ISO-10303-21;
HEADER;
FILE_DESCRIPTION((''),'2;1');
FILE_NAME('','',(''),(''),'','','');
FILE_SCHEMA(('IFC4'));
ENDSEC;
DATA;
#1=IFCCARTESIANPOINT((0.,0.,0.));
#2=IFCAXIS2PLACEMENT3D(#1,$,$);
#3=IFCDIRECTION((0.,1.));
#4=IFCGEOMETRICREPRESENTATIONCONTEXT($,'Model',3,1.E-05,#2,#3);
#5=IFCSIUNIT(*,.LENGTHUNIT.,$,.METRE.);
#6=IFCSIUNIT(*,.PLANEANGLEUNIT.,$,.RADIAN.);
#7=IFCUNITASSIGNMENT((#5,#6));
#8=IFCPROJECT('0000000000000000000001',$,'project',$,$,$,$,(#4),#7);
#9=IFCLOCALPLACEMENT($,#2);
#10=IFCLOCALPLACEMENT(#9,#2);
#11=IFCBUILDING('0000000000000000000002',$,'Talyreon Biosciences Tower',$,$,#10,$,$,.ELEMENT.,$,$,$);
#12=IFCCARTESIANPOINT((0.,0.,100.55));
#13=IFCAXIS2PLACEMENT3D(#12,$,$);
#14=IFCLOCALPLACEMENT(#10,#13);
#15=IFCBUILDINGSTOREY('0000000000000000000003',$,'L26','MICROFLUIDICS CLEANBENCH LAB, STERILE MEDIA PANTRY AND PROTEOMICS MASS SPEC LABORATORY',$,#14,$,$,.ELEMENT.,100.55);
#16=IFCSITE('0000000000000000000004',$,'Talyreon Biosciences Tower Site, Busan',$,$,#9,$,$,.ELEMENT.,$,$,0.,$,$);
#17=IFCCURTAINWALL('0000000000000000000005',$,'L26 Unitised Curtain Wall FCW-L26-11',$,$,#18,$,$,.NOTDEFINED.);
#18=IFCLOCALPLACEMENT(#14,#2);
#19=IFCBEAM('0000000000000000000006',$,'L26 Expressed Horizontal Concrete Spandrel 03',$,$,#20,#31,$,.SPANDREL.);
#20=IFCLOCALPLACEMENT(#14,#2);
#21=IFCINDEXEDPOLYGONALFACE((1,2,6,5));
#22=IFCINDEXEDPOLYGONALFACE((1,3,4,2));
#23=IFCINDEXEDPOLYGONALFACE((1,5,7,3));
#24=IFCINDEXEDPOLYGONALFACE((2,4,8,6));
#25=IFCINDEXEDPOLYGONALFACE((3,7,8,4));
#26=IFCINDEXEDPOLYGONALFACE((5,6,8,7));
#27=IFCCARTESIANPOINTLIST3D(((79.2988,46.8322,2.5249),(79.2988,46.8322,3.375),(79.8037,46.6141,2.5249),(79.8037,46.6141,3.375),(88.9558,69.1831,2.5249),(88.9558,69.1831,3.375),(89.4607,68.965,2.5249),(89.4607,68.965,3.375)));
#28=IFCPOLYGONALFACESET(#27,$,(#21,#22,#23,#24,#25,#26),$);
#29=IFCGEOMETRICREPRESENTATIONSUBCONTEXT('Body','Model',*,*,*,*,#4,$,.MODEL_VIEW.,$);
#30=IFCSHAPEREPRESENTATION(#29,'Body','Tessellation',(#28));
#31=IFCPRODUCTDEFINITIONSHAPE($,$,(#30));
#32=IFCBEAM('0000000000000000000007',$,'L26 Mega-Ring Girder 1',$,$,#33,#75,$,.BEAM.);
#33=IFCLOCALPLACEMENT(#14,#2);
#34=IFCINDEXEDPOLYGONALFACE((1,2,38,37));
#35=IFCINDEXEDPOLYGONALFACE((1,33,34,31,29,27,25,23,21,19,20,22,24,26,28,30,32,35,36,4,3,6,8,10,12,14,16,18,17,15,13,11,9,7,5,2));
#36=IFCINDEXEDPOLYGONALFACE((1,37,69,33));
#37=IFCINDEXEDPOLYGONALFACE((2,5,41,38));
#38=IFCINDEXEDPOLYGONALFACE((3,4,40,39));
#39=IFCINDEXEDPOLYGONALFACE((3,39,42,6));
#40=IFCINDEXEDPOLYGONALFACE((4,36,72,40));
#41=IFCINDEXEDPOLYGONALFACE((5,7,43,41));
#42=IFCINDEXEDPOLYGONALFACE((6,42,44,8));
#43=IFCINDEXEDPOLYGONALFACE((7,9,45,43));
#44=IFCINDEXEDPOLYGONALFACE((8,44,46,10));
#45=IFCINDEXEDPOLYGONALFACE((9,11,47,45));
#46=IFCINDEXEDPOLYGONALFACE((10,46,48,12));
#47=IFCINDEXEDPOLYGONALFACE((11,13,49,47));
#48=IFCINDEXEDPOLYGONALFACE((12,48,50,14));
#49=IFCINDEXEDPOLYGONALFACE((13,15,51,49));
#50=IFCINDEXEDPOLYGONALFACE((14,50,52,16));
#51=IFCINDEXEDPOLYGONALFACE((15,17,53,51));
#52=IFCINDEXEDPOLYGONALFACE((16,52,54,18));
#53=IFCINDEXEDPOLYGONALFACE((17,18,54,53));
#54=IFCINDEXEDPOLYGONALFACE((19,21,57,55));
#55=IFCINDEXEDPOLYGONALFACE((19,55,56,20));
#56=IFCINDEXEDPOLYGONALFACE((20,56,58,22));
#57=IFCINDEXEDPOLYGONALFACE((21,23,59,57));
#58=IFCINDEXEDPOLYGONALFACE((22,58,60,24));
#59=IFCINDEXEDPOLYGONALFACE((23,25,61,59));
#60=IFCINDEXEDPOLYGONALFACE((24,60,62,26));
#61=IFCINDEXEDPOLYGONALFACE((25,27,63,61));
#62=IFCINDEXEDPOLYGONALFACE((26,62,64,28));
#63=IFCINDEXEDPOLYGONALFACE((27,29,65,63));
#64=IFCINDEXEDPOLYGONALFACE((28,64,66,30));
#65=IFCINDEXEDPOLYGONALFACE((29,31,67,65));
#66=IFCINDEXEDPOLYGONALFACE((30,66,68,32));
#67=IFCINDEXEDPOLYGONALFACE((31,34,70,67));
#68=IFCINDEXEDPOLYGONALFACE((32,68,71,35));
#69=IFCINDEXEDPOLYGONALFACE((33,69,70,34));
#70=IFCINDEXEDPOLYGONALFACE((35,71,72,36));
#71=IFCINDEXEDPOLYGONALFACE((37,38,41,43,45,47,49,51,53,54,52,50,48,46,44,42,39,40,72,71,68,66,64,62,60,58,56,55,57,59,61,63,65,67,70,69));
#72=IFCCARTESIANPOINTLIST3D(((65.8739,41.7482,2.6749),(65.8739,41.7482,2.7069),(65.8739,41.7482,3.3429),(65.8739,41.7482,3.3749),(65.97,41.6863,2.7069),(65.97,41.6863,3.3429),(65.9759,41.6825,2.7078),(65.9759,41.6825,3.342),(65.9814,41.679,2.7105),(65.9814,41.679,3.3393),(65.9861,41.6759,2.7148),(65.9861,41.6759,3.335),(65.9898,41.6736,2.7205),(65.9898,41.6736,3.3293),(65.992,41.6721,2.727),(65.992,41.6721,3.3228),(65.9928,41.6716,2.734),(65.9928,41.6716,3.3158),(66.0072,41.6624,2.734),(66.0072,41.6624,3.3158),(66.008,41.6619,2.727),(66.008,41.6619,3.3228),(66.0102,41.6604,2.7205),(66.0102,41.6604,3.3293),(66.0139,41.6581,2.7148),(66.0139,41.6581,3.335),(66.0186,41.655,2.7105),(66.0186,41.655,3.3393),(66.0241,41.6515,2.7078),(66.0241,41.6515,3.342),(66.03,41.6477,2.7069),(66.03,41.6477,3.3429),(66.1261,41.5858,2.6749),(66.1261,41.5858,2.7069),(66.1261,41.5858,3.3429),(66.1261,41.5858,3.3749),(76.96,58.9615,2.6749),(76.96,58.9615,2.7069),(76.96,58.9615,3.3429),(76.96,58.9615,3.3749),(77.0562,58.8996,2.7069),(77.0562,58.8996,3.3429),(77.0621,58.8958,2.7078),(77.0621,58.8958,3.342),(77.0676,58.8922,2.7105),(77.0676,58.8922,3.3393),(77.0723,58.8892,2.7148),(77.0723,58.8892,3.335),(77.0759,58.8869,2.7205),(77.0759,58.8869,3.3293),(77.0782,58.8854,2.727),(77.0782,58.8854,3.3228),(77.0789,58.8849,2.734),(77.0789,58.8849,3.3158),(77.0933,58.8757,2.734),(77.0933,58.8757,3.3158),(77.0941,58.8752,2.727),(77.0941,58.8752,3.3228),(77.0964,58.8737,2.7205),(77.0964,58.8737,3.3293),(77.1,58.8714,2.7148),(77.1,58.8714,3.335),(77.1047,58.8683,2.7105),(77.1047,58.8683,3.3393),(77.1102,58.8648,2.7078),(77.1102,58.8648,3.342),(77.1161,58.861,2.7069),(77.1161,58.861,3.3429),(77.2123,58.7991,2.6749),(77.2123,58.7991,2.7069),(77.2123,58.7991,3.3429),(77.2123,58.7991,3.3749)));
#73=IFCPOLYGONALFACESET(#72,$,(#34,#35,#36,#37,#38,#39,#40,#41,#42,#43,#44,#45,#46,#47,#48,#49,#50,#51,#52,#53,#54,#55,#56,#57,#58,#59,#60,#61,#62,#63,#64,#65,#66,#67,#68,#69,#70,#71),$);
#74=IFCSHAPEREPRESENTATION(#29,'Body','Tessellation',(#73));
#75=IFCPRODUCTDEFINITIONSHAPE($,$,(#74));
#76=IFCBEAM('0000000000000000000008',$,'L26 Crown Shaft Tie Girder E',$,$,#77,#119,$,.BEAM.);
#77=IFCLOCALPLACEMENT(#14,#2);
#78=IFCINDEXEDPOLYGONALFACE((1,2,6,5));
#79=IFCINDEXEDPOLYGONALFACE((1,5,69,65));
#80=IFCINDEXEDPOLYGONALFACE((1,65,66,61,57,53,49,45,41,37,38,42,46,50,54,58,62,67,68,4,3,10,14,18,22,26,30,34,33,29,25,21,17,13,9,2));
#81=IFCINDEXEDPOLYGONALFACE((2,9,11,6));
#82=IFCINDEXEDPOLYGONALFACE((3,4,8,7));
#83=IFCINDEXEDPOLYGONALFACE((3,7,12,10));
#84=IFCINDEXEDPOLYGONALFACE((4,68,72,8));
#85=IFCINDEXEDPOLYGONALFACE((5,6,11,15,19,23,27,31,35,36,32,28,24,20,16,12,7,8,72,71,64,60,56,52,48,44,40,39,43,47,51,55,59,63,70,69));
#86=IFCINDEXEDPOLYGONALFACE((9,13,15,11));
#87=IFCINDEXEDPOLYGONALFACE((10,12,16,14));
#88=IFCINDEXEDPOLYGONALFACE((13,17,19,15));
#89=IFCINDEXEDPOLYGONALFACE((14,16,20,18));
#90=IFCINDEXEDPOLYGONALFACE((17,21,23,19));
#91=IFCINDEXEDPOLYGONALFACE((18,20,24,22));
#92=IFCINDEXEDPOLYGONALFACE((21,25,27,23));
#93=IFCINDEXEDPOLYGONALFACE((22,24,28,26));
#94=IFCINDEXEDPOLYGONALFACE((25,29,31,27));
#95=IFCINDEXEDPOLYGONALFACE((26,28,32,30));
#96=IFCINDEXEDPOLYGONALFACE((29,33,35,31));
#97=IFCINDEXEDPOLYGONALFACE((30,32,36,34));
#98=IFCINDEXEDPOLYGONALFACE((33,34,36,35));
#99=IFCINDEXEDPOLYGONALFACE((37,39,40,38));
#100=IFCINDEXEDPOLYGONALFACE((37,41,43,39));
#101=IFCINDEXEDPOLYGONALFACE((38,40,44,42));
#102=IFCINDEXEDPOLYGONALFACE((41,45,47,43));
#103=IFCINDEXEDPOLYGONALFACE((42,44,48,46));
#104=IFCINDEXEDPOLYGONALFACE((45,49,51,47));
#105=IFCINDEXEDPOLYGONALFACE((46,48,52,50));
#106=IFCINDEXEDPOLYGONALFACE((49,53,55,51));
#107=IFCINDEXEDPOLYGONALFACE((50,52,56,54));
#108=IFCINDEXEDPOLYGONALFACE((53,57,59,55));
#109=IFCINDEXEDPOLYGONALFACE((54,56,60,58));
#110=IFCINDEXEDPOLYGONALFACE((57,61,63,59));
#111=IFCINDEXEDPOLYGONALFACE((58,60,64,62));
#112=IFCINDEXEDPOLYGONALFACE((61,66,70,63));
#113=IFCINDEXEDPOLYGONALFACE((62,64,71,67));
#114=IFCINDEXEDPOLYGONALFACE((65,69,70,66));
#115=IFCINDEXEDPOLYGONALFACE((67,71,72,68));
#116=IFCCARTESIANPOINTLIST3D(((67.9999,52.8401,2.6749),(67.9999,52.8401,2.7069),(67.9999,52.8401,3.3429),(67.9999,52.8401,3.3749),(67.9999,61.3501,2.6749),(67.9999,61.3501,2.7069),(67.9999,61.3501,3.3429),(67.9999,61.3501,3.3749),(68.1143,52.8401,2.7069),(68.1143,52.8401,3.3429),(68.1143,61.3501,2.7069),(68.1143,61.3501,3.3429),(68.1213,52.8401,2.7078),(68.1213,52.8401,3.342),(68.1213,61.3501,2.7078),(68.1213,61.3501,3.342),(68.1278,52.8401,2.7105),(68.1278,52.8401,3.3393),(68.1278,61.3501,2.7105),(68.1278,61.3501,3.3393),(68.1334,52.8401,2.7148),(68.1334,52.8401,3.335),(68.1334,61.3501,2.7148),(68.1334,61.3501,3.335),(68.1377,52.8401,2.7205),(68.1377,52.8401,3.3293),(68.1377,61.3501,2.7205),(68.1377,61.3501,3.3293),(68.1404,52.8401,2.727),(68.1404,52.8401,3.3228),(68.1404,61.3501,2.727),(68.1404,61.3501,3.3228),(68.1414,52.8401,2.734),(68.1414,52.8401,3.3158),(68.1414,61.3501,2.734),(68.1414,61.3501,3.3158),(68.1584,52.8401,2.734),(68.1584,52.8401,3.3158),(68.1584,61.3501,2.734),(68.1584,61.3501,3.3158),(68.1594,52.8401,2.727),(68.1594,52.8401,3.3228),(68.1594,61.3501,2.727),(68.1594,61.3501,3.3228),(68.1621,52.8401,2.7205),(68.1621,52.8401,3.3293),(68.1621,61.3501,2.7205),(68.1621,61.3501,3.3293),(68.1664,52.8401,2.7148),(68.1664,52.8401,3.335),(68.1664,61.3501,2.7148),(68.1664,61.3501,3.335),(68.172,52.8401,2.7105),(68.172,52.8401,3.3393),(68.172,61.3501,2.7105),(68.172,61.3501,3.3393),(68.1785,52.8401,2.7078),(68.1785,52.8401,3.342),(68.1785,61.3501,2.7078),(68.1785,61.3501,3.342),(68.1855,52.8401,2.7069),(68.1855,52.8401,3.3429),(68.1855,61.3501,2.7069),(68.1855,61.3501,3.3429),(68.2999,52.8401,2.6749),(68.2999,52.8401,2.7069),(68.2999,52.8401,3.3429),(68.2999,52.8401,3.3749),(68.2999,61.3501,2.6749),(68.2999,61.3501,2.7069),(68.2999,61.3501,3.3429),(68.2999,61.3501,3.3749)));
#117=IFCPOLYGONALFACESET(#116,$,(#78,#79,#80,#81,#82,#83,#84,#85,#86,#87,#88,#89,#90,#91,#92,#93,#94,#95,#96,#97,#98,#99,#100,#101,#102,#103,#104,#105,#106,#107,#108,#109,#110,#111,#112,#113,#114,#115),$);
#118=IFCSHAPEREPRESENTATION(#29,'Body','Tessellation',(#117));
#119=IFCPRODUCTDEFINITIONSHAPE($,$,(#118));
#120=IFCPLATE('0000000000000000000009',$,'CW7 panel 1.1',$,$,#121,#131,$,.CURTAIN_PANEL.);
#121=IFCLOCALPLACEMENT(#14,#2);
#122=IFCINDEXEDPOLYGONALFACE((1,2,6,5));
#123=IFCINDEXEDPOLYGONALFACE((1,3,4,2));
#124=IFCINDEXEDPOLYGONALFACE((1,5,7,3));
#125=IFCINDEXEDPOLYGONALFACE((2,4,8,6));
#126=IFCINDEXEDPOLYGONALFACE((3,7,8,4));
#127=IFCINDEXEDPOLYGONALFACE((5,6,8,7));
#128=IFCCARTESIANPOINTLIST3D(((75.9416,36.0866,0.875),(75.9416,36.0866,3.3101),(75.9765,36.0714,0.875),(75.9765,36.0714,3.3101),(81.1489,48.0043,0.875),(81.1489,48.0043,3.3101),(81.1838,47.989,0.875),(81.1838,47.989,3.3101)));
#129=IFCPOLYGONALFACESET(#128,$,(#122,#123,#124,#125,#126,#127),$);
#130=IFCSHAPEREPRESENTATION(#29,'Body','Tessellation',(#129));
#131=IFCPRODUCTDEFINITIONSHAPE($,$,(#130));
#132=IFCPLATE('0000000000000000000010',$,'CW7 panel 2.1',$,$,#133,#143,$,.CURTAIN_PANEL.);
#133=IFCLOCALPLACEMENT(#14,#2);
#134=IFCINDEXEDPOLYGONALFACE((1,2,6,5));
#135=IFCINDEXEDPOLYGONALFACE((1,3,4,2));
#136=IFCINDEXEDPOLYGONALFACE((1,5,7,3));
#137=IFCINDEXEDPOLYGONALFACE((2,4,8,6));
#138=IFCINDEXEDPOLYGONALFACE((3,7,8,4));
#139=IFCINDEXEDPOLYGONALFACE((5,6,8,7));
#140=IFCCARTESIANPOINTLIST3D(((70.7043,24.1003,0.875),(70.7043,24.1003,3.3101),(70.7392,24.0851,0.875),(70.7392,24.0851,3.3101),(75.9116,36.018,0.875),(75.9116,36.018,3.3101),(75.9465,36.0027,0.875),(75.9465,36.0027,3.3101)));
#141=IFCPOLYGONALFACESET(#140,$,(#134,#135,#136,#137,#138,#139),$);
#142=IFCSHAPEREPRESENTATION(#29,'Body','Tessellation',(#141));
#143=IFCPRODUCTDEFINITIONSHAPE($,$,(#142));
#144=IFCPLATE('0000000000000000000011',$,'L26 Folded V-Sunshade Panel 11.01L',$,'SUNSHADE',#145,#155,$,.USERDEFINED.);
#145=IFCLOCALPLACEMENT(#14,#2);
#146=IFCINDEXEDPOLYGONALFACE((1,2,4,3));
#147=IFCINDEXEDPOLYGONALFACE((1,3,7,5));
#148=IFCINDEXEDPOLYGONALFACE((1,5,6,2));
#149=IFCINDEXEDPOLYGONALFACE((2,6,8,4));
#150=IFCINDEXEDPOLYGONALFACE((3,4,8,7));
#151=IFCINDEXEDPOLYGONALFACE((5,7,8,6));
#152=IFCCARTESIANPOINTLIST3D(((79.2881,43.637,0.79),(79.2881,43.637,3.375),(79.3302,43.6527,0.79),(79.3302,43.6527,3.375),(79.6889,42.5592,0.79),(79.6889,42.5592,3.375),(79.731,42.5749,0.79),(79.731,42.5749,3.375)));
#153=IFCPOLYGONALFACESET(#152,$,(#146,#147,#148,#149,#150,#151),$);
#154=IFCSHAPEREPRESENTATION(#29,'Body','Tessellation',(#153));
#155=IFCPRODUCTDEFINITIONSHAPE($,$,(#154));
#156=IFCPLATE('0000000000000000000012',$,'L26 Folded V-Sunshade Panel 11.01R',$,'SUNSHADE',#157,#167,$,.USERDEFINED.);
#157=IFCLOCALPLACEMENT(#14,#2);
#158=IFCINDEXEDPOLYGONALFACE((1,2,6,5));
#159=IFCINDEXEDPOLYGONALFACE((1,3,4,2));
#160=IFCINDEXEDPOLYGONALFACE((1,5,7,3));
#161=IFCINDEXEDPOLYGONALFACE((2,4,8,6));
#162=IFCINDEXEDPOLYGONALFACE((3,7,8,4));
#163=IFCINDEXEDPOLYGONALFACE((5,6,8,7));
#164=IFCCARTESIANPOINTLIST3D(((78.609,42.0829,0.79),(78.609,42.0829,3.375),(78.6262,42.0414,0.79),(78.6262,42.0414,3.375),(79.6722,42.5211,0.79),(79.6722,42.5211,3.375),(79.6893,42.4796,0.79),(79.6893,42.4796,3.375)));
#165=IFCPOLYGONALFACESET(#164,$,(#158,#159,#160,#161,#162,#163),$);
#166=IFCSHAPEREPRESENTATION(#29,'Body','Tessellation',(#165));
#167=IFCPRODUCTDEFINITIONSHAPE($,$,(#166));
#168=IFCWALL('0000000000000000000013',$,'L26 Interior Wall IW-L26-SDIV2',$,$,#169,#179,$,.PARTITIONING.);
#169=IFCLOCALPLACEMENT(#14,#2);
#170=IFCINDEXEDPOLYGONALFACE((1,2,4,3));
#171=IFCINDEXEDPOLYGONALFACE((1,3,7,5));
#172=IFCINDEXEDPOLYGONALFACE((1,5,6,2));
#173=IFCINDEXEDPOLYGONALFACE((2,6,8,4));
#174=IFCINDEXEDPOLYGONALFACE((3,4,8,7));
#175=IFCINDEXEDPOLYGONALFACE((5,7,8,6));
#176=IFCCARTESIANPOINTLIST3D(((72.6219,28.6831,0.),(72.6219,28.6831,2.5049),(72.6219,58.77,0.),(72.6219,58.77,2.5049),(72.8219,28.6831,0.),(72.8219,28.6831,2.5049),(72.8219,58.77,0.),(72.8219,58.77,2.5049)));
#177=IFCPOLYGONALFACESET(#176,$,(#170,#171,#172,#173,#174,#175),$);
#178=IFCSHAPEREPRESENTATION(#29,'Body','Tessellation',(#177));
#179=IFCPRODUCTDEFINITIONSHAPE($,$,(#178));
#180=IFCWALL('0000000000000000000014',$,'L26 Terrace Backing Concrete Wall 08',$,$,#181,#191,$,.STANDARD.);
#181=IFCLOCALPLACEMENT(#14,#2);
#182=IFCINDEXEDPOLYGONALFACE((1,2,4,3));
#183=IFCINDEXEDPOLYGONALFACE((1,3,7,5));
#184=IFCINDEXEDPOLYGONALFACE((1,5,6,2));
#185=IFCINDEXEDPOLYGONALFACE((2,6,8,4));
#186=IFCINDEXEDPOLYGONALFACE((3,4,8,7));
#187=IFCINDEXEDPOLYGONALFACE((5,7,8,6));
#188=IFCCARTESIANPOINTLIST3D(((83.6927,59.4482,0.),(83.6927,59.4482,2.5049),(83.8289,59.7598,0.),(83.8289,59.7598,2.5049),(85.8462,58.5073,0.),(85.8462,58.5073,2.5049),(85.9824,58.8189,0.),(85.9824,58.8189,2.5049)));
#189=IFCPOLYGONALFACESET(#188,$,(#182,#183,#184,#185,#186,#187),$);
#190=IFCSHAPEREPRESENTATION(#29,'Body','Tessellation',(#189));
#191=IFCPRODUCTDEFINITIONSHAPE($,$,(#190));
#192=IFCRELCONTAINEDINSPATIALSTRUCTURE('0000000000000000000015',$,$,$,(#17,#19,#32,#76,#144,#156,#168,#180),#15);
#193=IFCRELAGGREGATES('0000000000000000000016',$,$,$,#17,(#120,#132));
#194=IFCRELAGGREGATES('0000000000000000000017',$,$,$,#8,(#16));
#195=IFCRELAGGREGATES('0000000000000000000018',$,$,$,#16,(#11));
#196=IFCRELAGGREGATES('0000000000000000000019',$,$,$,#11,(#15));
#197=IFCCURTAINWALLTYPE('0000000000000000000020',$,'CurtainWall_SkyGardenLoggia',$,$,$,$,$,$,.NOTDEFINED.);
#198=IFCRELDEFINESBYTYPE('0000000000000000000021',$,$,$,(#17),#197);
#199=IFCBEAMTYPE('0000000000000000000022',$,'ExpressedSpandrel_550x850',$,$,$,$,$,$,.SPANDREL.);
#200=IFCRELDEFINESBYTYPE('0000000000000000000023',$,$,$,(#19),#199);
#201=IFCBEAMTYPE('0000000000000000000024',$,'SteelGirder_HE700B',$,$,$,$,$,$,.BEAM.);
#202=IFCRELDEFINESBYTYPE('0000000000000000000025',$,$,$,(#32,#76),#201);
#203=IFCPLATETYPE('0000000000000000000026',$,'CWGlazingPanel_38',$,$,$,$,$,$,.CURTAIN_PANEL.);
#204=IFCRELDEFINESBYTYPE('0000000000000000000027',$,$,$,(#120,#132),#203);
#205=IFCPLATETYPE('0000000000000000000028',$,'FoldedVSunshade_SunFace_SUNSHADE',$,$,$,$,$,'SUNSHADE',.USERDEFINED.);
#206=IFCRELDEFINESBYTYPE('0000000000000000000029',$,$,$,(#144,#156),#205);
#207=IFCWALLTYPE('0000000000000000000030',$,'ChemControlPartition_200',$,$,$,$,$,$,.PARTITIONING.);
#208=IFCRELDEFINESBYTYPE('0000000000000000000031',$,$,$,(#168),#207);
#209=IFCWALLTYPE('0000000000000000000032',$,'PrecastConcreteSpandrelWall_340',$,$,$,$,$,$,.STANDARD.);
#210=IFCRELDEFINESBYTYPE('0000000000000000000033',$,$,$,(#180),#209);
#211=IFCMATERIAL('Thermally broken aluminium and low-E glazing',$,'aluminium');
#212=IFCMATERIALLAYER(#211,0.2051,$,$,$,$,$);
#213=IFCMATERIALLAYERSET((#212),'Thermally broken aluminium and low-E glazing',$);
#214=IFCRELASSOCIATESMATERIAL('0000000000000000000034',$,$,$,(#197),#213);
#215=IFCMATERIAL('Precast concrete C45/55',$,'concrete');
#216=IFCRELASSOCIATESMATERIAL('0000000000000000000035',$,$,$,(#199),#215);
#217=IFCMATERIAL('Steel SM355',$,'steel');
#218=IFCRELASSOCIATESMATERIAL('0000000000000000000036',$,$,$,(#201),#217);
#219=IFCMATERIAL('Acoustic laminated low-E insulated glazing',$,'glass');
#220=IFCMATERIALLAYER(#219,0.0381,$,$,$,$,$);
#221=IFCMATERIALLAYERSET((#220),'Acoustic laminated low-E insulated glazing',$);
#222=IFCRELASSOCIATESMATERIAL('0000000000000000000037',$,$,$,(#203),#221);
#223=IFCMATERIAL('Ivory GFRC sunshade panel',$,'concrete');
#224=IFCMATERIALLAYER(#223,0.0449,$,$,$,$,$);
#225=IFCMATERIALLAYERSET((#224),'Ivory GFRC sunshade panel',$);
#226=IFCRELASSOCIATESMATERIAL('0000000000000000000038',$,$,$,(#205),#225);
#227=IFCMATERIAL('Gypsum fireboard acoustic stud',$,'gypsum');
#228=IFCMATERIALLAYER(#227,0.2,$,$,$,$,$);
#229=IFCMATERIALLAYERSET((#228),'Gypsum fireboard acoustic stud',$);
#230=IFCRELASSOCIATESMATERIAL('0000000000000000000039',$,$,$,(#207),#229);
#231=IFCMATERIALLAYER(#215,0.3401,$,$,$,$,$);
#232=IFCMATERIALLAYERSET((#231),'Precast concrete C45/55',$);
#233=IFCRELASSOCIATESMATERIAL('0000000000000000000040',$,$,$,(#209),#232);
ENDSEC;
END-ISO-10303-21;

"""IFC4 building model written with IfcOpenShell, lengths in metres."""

from ifc_helpers import new_model, si_unit, direction, frame, frame_2d, origin, origin_2d, place, context, subcontext, project, spatial, rectangle, i_section, extrude, material, layer, layer_set, material_profile, profile_set, type_object, element, aggregate, save


model = new_model("IFC4")

# Units and contexts
model_context = context("Model", 3, precision=1e-05, world=origin(), true_north=direction((0.0, 1.0)))
body_context = subcontext(model_context, "Body", "Model", "MODEL_VIEW")
ifc_project = project(units=[si_unit("LENGTHUNIT", "METRE"), si_unit("PLANEANGLEUNIT", "RADIAN")], contexts=[model_context])

# Site, building, storey
site_placement = place(None, origin())
site = spatial("IfcSite", under=ifc_project, at=site_placement, Name="Talyreon Biosciences Tower Site, Busan", CompositionType="ELEMENT", RefElevation=0.0)
building_placement = place(site_placement, origin())
building = spatial("IfcBuilding", under=site, at=building_placement, Name="Talyreon Biosciences Tower", CompositionType="ELEMENT")
storey_placement = place(building_placement, frame((0.0, 0.0, 100.55)))
storey = spatial("IfcBuildingStorey", under=building, at=storey_placement, Name="L26", Description="MICROFLUIDICS CLEANBENCH LAB, STERILE MEDIA PANTRY AND PROTEOMICS MASS SPEC LABORATORY", CompositionType="ELEMENT", Elevation=100.55)

# Shared definitions
ifc_material_1 = material(Name="Precast concrete C45/55", Category="concrete")

# Curtain wall
ifc_material_2 = material(Name="Thermally broken aluminium and low-E glazing", Category="aluminium")
ifc_layer_1 = layer(ifc_material_2, 0.2051)
ifc_layer_set_1 = layer_set([ifc_layer_1], Name="Thermally broken aluminium and low-E glazing")
curtain_wall_type = type_object("IfcCurtainWallType", Name="CurtainWall_SkyGardenLoggia", PredefinedType="NOTDEFINED", material=ifc_layer_set_1)
curtain_wall_placement = place(storey_placement, origin())
curtain_wall = element("IfcCurtainWall", 1, at=curtain_wall_placement, inside=storey, type_object=curtain_wall_type, Name="L26 Unitised Curtain Wall FCW-L26-11", PredefinedType="NOTDEFINED")

# Beams
ifc_material_profile_1 = material_profile(ifc_material_1, rectangle(XDim=0.55, YDim=0.8501, at=origin_2d()), Name="RCB 550x850")
ifc_profile_set_1 = profile_set([ifc_material_profile_1], Name="Precast concrete C45/55")
beam_type_1 = type_object("IfcBeamType", Name="ExpressedSpandrel_550x850", PredefinedType="SPANDREL", material=ifc_profile_set_1)
beam_1_placement = place(storey_placement, frame((79.5513, 46.7231, 2.95), z_axis=(0.396626, 0.91798, 0.0), x_axis=(-0.91798, 0.396626, 0.0)))
element("IfcBeam", 2, at=beam_1_placement, inside=storey, type_object=beam_type_1, Name="L26 Expressed Horizontal Concrete Spandrel 03", PredefinedType="SPANDREL", context=body_context, shape_type="SweptSolid", body=[
    extrude(rectangle(XDim=0.55, YDim=0.8501, at=origin_2d()), origin(), (0.0, 0.0, 1.0), 24.3479),
])
ifc_material_3 = material(Name="Steel SM355", Category="steel")
ifc_material_profile_2 = material_profile(ifc_material_3, i_section(OverallWidth=0.3, OverallDepth=0.7, WebThickness=0.0171, FlangeThickness=0.032, FilletRadius=0.0271, at=origin_2d()), Name="HE700B")
ifc_profile_set_2 = profile_set([ifc_material_profile_2], Name="Steel SM355")
beam_type_2 = type_object("IfcBeamType", Name="SteelGirder_HE700B", PredefinedType="BEAM", material=ifc_profile_set_2)
beam_2_placement = place(storey_placement, frame((66.0, 41.667, 3.0249), z_axis=(0.541464, 0.840724, 0.0), x_axis=(-0.840724, 0.541464, 0.0)))
element("IfcBeam", 3, at=beam_2_placement, inside=storey, type_object=beam_type_2, Name="L26 Mega-Ring Girder 1", PredefinedType="BEAM", context=body_context, shape_type="SweptSolid", body=[
    extrude(i_section(OverallWidth=0.3, OverallDepth=0.7, WebThickness=0.0171, FlangeThickness=0.032, FilletRadius=0.0271, at=origin_2d()), origin(), (0.0, 0.0, 1.0), 20.4744),
])
beam_3_placement = place(storey_placement, frame((68.1499, 52.8401, 3.0249), z_axis=(0.0, 1.0, 0.0), x_axis=(-1.0, 0.0, 0.0)))
element("IfcBeam", 4, at=beam_3_placement, inside=storey, type_object=beam_type_2, Name="L26 Crown Shaft Tie Girder E", PredefinedType="BEAM", context=body_context, shape_type="SweptSolid", body=[
    extrude(i_section(OverallWidth=0.3, OverallDepth=0.7, WebThickness=0.0171, FlangeThickness=0.032, FilletRadius=0.0271, at=origin_2d()), origin(), (0.0, 0.0, 1.0), 8.51),
])

# Plates
ifc_material_4 = material(Name="Acoustic laminated low-E insulated glazing", Category="glass")
ifc_layer_2 = layer(ifc_material_4, 0.0381)
ifc_layer_set_2 = layer_set([ifc_layer_2], Name="Acoustic laminated low-E insulated glazing")
plate_type_1 = type_object("IfcPlateType", Name="CWGlazingPanel_38", PredefinedType="CURTAIN_PANEL", material=ifc_layer_set_2)
plate_1_placement = place(storey_placement, frame((78.5627, 42.0378, 0.875), z_axis=(0.0, 0.0, 1.0), x_axis=(-0.400388, -0.916346, 0.0)))
plate_1 = element("IfcPlate", 5, at=plate_1_placement, type_object=plate_type_1, Name="CW7 panel 1.1", PredefinedType="CURTAIN_PANEL", context=body_context, shape_type="SweptSolid", body=[
    extrude(rectangle(XDim=13.0056, YDim=0.0381, at=origin_2d()), origin(), (0.0, 0.0, 1.0), 2.4351),
])
plate_2_placement = place(storey_placement, frame((73.3254, 30.0515, 0.875), z_axis=(0.0, 0.0, 1.0), x_axis=(-0.400388, -0.916346, 0.0)))
plate_2 = element("IfcPlate", 6, at=plate_2_placement, type_object=plate_type_1, Name="CW7 panel 2.1", PredefinedType="CURTAIN_PANEL", context=body_context, shape_type="SweptSolid", body=[
    extrude(rectangle(XDim=13.0056, YDim=0.0381, at=origin_2d()), origin(), (0.0, 0.0, 1.0), 2.4351),
])
aggregate(curtain_wall, [plate_1, plate_2])

# Plates
ifc_material_5 = material(Name="Ivory GFRC sunshade panel", Category="concrete")
ifc_layer_3 = layer(ifc_material_5, 0.0449)
ifc_layer_set_3 = layer_set([ifc_layer_3], Name="Ivory GFRC sunshade panel")
plate_type_2 = type_object("IfcPlateType", Name="FoldedVSunshade_SunFace_SUNSHADE", ElementType="SUNSHADE", PredefinedType="USERDEFINED", material=ifc_layer_set_3)
for number, where, z_axis, x_axis, name in (
    (7, (79.5095, 43.106, 0.79), (0.0, 0.0, 1.0), (0.348539, -0.937294, 0.0), "L26 Folded V-Sunshade Panel 11.01L"),
    (8, (79.1492, 42.2812, 0.79), (0.0, 0.0, 1.0), (-0.924559, -0.381038, 0.0), "L26 Folded V-Sunshade Panel 11.01R"),
):
    element("IfcPlate", number, at=place(storey_placement, frame(where, z_axis=z_axis, x_axis=x_axis)), inside=storey, type_object=plate_type_2, Name=name, ObjectType="SUNSHADE", PredefinedType="USERDEFINED", context=body_context, shape_type="SweptSolid", body=[
        extrude(rectangle(XDim=1.1499, YDim=0.0449, at=origin_2d()), origin(), (0.0, 0.0, 1.0), 2.585),
    ])

# Walls
ifc_material_6 = material(Name="Gypsum fireboard acoustic stud", Category="gypsum")
ifc_layer_4 = layer(ifc_material_6, 0.2)
ifc_layer_set_4 = layer_set([ifc_layer_4], Name="Gypsum fireboard acoustic stud")
wall_type_1 = type_object("IfcWallType", Name="ChemControlPartition_200", PredefinedType="PARTITIONING", material=ifc_layer_set_4)
wall_1_placement = place(storey_placement, frame((72.7219, 28.6831, 0.0), z_axis=(0.0, 0.0, 1.0), x_axis=(0.0, 1.0, 0.0)))
element("IfcWall", 9, at=wall_1_placement, inside=storey, type_object=wall_type_1, Name="L26 Interior Wall IW-L26-SDIV2", PredefinedType="PARTITIONING", context=body_context, shape_type="SweptSolid", body=[
    extrude(rectangle(XDim=30.0869, YDim=0.2, at=frame_2d((15.0435, 0.0))), origin(), (0.0, 0.0, 1.0), 2.5049),
])
ifc_layer_5 = layer(ifc_material_1, 0.3401)
ifc_layer_set_5 = layer_set([ifc_layer_5], Name="Precast concrete C45/55")
wall_type_2 = type_object("IfcWallType", Name="PrecastConcreteSpandrelWall_340", PredefinedType="STANDARD", material=ifc_layer_set_5)
for number, where, z_axis, x_axis, name in (
    (10, (85.9143, 58.6631, 0.0), (0.0, 0.0, 1.0), (-0.916355, 0.400366, 0.0), "L26 Terrace Backing Concrete Wall 08"),
):
    element("IfcWall", number, at=place(storey_placement, frame(where, z_axis=z_axis, x_axis=x_axis)), inside=storey, type_object=wall_type_2, Name=name, PredefinedType="STANDARD", context=body_context, shape_type="SweptSolid", body=[
        extrude(rectangle(XDim=2.3501, YDim=0.3401, at=frame_2d((1.175, 0.0))), origin(), (0.0, 0.0, 1.0), 2.5049),
    ])

save(model, "model.ifc")
